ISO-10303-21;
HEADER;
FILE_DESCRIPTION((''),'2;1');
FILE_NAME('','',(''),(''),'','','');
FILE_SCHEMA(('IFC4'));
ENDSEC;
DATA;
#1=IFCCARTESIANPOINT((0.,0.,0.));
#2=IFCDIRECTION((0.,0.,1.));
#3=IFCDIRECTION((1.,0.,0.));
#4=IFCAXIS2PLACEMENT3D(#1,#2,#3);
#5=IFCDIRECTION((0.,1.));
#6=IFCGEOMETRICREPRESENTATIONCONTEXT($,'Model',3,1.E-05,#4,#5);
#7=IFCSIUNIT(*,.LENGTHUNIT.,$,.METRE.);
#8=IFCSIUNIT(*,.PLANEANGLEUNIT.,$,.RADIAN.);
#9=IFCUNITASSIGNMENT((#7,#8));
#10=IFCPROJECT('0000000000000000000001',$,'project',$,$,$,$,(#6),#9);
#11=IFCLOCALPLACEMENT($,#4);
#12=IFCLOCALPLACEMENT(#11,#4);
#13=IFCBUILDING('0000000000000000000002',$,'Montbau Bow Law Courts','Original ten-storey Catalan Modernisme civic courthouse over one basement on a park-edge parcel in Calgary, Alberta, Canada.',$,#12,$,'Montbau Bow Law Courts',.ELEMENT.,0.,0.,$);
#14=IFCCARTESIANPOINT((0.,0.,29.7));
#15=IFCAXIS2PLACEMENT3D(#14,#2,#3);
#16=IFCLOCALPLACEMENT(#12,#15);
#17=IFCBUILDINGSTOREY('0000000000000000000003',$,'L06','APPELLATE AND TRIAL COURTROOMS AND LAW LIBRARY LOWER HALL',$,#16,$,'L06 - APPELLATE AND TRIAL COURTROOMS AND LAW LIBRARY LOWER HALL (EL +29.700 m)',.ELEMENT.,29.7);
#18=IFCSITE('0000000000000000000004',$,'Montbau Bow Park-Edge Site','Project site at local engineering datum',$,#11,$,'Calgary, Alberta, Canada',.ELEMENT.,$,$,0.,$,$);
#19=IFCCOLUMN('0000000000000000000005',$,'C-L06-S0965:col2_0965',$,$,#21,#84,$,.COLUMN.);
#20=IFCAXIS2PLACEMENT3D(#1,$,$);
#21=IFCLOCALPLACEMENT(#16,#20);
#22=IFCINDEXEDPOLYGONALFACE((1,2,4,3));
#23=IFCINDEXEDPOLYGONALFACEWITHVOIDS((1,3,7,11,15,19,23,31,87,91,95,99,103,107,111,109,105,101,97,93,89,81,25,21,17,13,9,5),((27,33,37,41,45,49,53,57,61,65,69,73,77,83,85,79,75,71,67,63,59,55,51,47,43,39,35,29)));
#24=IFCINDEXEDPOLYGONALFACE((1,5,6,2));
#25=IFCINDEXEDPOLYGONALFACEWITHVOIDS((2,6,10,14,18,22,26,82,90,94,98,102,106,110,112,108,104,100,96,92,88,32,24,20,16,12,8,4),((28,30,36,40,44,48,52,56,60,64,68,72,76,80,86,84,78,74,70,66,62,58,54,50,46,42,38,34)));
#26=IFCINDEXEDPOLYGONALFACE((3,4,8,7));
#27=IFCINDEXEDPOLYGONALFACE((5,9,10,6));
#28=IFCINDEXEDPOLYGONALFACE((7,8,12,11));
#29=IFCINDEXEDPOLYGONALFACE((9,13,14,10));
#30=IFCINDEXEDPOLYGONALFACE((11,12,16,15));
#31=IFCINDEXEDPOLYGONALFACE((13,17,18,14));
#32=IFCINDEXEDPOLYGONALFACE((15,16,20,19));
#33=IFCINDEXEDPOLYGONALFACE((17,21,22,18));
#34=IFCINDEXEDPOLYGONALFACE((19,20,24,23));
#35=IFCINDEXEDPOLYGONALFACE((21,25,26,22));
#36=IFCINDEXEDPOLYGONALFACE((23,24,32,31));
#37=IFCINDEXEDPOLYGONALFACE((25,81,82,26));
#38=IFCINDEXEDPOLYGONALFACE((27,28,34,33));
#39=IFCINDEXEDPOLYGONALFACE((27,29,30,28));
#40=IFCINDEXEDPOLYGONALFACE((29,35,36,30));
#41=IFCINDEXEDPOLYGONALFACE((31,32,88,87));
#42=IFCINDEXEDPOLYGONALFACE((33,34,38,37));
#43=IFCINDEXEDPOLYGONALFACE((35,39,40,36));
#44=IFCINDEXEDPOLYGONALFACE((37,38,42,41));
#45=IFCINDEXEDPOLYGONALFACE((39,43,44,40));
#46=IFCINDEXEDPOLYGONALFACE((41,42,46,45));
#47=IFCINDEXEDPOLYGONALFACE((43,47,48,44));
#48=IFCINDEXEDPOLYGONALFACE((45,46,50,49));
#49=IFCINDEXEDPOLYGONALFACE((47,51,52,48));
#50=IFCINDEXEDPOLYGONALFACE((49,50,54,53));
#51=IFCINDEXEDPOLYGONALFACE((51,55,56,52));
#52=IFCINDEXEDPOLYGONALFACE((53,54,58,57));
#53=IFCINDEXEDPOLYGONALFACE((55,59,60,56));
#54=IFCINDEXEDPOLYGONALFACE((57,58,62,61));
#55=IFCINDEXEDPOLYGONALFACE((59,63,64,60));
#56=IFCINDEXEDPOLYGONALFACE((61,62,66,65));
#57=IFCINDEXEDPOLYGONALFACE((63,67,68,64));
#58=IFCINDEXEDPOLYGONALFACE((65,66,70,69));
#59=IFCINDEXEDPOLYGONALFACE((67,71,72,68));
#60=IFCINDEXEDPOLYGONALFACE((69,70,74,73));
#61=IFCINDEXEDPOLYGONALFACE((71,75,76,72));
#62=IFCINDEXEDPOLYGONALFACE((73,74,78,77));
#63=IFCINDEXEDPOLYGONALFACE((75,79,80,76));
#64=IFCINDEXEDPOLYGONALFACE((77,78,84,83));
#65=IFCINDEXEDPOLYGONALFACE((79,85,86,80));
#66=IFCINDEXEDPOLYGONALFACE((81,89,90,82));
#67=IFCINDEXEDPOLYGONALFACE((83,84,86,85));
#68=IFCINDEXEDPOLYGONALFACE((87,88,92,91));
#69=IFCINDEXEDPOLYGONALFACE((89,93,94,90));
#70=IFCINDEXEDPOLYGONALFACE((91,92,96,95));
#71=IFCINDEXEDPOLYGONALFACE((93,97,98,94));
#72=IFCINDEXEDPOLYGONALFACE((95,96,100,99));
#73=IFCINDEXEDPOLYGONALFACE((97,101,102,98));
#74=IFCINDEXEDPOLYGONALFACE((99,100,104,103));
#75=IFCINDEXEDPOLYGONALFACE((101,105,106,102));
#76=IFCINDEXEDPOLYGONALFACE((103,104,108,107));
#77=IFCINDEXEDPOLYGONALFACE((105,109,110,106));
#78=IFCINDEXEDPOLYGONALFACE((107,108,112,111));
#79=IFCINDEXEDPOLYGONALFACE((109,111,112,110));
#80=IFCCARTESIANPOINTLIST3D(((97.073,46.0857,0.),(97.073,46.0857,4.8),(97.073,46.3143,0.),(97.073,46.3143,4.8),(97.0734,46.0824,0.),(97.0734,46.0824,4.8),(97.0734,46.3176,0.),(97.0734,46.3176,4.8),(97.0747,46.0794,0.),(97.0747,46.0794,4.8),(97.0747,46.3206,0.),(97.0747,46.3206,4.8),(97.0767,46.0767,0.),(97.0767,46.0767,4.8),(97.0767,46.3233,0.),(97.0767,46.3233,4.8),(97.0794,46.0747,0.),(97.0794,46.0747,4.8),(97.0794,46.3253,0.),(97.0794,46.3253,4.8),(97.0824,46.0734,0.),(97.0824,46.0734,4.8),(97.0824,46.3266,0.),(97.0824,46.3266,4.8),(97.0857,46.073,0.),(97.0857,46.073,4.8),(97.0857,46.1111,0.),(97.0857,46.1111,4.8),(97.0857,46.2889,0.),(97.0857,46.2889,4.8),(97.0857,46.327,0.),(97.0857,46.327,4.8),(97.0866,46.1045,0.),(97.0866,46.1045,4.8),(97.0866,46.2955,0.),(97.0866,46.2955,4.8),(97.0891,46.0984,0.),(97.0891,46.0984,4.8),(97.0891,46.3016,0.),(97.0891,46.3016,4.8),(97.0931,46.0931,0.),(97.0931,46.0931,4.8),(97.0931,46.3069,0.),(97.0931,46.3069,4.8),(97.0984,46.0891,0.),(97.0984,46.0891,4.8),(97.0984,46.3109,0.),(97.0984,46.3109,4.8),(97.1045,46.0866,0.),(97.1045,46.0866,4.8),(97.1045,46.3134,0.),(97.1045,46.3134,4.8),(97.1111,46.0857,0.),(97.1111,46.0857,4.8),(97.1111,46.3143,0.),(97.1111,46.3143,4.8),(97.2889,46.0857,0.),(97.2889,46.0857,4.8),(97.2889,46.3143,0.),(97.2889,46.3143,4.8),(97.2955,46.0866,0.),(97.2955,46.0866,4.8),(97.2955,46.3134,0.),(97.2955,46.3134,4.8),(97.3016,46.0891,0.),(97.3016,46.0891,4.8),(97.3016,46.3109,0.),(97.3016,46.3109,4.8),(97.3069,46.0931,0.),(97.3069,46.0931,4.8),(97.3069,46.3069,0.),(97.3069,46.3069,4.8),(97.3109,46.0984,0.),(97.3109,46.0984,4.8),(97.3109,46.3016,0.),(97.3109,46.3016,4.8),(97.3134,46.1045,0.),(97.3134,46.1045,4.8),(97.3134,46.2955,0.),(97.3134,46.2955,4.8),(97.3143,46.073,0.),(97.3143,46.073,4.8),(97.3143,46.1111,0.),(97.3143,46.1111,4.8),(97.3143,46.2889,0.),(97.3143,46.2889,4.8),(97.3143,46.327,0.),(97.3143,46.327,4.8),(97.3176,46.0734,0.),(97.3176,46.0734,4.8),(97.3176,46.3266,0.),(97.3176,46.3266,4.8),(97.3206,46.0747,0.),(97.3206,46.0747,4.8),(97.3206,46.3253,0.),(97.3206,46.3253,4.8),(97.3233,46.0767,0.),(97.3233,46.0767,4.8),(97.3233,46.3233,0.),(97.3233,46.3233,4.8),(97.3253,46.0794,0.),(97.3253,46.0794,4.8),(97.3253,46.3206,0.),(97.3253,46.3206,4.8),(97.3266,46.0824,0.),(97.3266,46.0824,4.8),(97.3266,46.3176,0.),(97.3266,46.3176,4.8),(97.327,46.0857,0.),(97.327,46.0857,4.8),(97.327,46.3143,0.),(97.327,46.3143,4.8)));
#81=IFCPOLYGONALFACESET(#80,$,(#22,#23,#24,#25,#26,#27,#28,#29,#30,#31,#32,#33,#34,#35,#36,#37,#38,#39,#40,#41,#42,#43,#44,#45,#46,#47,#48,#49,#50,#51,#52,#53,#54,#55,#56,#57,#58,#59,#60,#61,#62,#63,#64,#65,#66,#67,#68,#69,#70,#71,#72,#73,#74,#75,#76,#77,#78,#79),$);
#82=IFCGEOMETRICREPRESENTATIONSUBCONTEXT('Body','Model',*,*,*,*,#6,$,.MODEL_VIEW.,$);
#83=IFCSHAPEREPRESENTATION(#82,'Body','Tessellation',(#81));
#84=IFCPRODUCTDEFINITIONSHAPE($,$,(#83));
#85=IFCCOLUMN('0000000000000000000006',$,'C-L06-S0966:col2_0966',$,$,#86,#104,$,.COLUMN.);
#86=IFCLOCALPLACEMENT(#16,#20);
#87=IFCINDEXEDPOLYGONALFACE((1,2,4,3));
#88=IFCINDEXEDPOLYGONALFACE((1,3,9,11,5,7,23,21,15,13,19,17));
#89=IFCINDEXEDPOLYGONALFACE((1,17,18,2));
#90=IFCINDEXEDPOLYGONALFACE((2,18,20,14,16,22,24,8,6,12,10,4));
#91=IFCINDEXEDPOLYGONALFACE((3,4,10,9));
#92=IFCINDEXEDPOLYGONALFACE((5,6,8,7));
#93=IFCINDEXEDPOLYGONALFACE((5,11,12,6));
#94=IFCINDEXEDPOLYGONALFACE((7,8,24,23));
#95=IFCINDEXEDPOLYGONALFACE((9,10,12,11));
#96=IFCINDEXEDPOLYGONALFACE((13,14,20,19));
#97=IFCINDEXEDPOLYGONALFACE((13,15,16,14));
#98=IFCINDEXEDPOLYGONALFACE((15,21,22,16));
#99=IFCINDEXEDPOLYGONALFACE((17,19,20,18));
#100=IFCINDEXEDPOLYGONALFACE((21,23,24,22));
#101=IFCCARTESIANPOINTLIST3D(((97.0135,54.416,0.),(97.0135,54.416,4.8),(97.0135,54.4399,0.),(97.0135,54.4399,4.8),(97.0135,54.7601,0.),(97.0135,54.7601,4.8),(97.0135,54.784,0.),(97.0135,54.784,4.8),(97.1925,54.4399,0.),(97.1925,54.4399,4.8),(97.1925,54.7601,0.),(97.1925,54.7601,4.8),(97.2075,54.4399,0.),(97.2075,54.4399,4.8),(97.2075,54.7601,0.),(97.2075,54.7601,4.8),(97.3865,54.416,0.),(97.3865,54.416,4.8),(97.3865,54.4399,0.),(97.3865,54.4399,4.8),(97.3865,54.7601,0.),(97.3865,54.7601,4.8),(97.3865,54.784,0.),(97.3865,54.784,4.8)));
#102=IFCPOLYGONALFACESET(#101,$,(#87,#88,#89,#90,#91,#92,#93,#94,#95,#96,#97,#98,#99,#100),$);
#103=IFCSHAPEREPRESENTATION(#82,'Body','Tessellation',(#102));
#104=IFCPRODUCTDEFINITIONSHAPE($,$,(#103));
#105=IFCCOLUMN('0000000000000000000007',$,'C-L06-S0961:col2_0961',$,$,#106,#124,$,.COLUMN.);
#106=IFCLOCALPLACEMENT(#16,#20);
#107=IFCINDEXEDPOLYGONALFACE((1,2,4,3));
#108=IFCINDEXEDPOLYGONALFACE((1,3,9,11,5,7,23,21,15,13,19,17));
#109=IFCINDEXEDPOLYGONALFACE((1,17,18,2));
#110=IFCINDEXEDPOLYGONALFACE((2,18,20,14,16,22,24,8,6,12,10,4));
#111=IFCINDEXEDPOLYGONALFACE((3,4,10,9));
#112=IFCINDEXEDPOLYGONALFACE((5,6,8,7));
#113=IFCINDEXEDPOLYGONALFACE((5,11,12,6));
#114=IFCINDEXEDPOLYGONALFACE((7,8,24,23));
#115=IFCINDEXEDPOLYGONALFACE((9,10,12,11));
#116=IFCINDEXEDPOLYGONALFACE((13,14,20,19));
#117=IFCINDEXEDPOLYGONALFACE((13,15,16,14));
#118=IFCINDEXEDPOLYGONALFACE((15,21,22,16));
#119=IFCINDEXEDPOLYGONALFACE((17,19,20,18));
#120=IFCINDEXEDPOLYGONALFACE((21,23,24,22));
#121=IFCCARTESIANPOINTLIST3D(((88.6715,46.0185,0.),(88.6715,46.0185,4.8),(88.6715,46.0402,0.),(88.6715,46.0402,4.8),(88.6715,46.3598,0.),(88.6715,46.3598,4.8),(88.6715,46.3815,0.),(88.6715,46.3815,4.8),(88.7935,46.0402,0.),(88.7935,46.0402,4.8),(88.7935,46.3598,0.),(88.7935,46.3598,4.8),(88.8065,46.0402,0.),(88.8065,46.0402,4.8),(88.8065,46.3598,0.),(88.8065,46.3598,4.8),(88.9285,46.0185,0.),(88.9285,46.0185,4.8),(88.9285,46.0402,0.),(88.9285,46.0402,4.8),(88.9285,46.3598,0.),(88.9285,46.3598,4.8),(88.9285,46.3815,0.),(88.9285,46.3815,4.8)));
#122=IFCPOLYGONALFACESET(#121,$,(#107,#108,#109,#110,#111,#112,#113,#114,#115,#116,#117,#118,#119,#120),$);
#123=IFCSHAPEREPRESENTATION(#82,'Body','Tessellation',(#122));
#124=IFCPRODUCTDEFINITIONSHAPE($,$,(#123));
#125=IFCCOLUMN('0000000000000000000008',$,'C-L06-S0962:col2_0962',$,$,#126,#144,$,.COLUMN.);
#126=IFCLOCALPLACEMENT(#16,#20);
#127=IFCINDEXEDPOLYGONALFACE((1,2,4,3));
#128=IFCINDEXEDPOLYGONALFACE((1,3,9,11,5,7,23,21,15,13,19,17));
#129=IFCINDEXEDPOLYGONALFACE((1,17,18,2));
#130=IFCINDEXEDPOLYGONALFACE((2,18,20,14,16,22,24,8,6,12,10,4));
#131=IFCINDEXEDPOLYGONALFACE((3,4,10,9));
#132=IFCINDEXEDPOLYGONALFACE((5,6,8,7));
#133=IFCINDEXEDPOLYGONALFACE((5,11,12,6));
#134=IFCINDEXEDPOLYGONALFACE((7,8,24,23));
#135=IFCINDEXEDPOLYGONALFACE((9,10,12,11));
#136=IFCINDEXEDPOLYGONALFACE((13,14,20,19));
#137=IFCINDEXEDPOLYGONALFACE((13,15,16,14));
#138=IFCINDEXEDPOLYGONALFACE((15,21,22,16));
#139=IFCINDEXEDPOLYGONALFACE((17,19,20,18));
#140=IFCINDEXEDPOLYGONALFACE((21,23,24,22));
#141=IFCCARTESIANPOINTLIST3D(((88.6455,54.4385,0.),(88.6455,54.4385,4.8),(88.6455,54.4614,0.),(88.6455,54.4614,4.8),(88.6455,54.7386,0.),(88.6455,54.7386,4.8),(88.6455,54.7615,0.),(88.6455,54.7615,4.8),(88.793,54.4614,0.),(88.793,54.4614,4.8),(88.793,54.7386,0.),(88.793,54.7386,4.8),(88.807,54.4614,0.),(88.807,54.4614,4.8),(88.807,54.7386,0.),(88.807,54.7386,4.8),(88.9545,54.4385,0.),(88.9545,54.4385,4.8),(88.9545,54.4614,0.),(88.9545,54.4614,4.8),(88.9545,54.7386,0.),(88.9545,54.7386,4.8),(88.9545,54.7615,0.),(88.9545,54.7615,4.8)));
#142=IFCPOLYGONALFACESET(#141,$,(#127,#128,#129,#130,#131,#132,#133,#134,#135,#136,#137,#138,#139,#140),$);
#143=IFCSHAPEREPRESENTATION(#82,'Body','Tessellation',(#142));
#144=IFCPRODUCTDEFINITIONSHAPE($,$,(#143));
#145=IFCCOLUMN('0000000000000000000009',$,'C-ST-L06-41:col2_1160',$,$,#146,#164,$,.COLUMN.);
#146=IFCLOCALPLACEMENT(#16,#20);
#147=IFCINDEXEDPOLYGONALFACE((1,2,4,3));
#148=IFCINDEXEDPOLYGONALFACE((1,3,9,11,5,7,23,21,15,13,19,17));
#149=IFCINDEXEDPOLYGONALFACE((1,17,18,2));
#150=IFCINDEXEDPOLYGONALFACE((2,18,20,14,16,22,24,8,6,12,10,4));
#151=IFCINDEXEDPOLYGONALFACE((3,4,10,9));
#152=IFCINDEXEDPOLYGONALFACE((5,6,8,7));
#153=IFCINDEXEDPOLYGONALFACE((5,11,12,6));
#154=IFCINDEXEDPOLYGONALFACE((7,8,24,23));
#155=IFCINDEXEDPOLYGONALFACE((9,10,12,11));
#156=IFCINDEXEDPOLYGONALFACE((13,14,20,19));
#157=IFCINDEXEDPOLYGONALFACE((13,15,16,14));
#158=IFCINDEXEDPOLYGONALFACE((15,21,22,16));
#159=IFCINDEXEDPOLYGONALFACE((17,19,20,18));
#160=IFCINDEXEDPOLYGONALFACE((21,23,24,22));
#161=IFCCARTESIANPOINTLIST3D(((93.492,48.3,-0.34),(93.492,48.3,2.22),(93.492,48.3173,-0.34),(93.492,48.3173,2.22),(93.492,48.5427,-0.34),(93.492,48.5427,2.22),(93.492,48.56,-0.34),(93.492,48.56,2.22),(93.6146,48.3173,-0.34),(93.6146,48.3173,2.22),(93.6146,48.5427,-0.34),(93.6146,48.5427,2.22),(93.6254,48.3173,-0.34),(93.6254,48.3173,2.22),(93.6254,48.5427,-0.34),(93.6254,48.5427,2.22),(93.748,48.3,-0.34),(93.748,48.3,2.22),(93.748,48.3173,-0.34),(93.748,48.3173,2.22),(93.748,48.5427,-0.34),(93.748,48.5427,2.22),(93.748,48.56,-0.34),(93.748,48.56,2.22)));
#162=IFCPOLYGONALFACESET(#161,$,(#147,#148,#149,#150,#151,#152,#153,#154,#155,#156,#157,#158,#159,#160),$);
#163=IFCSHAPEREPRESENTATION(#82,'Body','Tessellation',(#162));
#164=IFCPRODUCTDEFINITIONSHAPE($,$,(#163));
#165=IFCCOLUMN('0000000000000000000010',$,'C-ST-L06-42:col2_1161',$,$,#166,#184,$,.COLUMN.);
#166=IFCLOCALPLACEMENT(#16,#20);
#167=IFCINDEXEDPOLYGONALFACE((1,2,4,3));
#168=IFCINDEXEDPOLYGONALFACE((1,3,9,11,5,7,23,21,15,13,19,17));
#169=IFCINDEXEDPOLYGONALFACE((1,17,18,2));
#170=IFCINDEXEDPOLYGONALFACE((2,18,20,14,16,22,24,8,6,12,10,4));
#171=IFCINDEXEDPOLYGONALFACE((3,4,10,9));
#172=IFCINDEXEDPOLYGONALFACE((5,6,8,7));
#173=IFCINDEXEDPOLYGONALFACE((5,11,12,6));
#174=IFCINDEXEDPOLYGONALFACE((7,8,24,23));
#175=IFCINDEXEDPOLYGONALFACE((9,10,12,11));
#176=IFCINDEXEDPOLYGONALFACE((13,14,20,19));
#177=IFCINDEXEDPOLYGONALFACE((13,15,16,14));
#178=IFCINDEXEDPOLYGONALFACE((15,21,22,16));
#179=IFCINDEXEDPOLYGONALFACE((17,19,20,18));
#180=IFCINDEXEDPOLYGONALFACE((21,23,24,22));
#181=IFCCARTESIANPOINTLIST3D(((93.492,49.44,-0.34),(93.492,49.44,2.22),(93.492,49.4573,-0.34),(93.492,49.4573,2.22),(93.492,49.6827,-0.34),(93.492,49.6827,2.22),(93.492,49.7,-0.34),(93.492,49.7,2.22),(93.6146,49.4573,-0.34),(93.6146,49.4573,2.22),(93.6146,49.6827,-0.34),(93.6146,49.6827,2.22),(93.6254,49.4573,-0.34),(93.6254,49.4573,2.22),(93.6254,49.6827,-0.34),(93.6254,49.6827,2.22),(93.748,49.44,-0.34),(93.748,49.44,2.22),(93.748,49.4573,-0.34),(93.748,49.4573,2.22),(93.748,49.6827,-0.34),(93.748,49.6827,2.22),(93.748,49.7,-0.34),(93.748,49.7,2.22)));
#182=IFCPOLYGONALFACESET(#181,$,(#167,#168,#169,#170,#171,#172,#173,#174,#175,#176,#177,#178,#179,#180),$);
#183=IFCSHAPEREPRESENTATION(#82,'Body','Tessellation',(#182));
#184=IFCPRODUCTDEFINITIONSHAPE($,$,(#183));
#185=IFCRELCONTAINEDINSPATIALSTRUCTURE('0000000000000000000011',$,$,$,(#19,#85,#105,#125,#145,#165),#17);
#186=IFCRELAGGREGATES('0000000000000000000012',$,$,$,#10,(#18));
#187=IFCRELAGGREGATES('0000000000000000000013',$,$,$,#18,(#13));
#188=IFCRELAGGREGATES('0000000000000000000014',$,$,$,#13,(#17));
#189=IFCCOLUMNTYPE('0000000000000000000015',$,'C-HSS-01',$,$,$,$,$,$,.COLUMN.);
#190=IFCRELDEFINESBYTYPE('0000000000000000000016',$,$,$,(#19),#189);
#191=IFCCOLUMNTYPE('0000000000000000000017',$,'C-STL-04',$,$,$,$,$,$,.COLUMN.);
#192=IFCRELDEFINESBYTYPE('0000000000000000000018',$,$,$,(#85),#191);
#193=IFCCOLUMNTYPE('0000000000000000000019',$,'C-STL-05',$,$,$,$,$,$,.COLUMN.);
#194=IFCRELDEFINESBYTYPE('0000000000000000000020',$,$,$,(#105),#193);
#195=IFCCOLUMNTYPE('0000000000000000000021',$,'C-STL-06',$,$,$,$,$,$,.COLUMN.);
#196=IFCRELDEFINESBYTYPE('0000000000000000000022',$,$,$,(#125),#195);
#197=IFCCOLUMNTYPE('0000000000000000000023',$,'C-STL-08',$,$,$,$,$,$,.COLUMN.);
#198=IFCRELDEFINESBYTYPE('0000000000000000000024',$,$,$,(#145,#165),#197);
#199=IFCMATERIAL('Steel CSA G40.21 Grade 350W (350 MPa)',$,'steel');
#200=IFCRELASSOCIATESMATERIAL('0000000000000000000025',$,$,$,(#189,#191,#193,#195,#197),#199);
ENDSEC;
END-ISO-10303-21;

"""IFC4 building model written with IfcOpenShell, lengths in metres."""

from ifc_helpers import new_model, si_unit, direction, frame, origin_with_axes, origin_2d_with_axis, place, context, subcontext, project, spatial, hollow_rectangle, i_section, extrude, material, material_profile, profile_set, type_object, element, save


model = new_model("IFC4")

# Units and contexts
model_context = context("Model", 3, precision=1e-05, world=origin_with_axes(), true_north=direction((0.0, 1.0)))
body_context = subcontext(model_context, "Body", "Model", "MODEL_VIEW")
ifc_project = project(units=[si_unit("LENGTHUNIT", "METRE"), si_unit("PLANEANGLEUNIT", "RADIAN")], contexts=[model_context])

# Site, building, storey
site_placement = place(None, origin_with_axes())
site = spatial("IfcSite", under=ifc_project, at=site_placement, Name="Montbau Bow Park-Edge Site", Description="Project site at local engineering datum", LongName="Calgary, Alberta, Canada", CompositionType="ELEMENT", RefElevation=0.0)
building_placement = place(site_placement, origin_with_axes())
building = spatial("IfcBuilding", under=site, at=building_placement, Name="Montbau Bow Law Courts", Description="Original ten-storey Catalan Modernisme civic courthouse over one basement on a park-edge parcel in Calgary, Alberta, Canada.", LongName="Montbau Bow Law Courts", CompositionType="ELEMENT", ElevationOfRefHeight=0.0, ElevationOfTerrain=0.0)
storey_placement = place(building_placement, frame((0.0, 0.0, 29.7), z_axis=(0.0, 0.0, 1.0), x_axis=(1.0, 0.0, 0.0)))
storey = spatial("IfcBuildingStorey", under=building, at=storey_placement, Name="L06", Description="APPELLATE AND TRIAL COURTROOMS AND LAW LIBRARY LOWER HALL", LongName="L06 - APPELLATE AND TRIAL COURTROOMS AND LAW LIBRARY LOWER HALL (EL +29.700 m)", CompositionType="ELEMENT", Elevation=29.7)

# Columns
ifc_material_1 = material(Name="Steel CSA G40.21 Grade 350W (350 MPa)", Category="steel")
ifc_material_profile_1 = material_profile(ifc_material_1, hollow_rectangle(XDim=0.254, YDim=0.254, WallThickness=0.0127, InnerFilletRadius=0.0254, OuterFilletRadius=0.0127, at=origin_2d_with_axis()), Name="HSS254X254X13", Category="Main", Priority=0)
ifc_profile_set_1 = profile_set([ifc_material_profile_1], Name="Steel CSA G40.21 Grade 350W (350 MPa)")
column_type_1 = type_object("IfcColumnType", Name="C-HSS-01", PredefinedType="COLUMN", material=ifc_profile_set_1)
column_1_placement = place(None, frame((97.2, 46.2, 29.7), z_axis=(0.0, 0.0, 1.0), x_axis=(1.0, 0.0, 0.0)))
element("IfcColumn", 1, at=column_1_placement, inside=storey, type_object=column_type_1, Name="C-L06-S0965:col2_0965", PredefinedType="COLUMN", context=body_context, shape_type="SweptSolid", body=[
    extrude(hollow_rectangle(XDim=0.254, YDim=0.254, WallThickness=0.0127, InnerFilletRadius=0.0254, OuterFilletRadius=0.0127, at=origin_2d_with_axis()), origin_with_axes(), (0.0, 0.0, 1.0), 4.8),
])
ifc_material_profile_2 = material_profile(ifc_material_1, i_section(OverallWidth=0.373, OverallDepth=0.368, WebThickness=0.015, FlangeThickness=0.0239, at=origin_2d_with_axis()), Name="W360X179", Category="Main", Priority=0)
ifc_profile_set_2 = profile_set([ifc_material_profile_2], Name="Steel CSA G40.21 Grade 350W (350 MPa)")
column_type_2 = type_object("IfcColumnType", Name="C-STL-04", PredefinedType="COLUMN", material=ifc_profile_set_2)
column_2_placement = place(None, frame((97.2, 54.6, 29.7), z_axis=(0.0, 0.0, 1.0), x_axis=(1.0, 0.0, 0.0)))
element("IfcColumn", 2, at=column_2_placement, inside=storey, type_object=column_type_2, Name="C-L06-S0966:col2_0966", PredefinedType="COLUMN", context=body_context, shape_type="SweptSolid", body=[
    extrude(i_section(OverallWidth=0.373, OverallDepth=0.368, WebThickness=0.015, FlangeThickness=0.0239, at=origin_2d_with_axis()), origin_with_axes(), (0.0, 0.0, 1.0), 4.8),
])
ifc_material_profile_3 = material_profile(ifc_material_1, i_section(OverallWidth=0.257, OverallDepth=0.363, WebThickness=0.013, FlangeThickness=0.0217, at=origin_2d_with_axis()), Name="W360X122", Category="Main", Priority=0)
ifc_profile_set_3 = profile_set([ifc_material_profile_3], Name="Steel CSA G40.21 Grade 350W (350 MPa)")
column_type_3 = type_object("IfcColumnType", Name="C-STL-05", PredefinedType="COLUMN", material=ifc_profile_set_3)
column_3_placement = place(None, frame((88.8, 46.2, 29.7), z_axis=(0.0, 0.0, 1.0), x_axis=(1.0, 0.0, 0.0)))
element("IfcColumn", 3, at=column_3_placement, inside=storey, type_object=column_type_3, Name="C-L06-S0961:col2_0961", PredefinedType="COLUMN", context=body_context, shape_type="SweptSolid", body=[
    extrude(i_section(OverallWidth=0.257, OverallDepth=0.363, WebThickness=0.013, FlangeThickness=0.0217, at=origin_2d_with_axis()), origin_with_axes(), (0.0, 0.0, 1.0), 4.8),
])
ifc_material_profile_4 = material_profile(ifc_material_1, i_section(OverallWidth=0.309, OverallDepth=0.323, WebThickness=0.014, FlangeThickness=0.0229, at=origin_2d_with_axis()), Name="W310X143", Category="Main", Priority=0)
ifc_profile_set_4 = profile_set([ifc_material_profile_4], Name="Steel CSA G40.21 Grade 350W (350 MPa)")
column_type_4 = type_object("IfcColumnType", Name="C-STL-06", PredefinedType="COLUMN", material=ifc_profile_set_4)
column_4_placement = place(None, frame((88.8, 54.6, 29.7), z_axis=(0.0, 0.0, 1.0), x_axis=(1.0, 0.0, 0.0)))
element("IfcColumn", 4, at=column_4_placement, inside=storey, type_object=column_type_4, Name="C-L06-S0962:col2_0962", PredefinedType="COLUMN", context=body_context, shape_type="SweptSolid", body=[
    extrude(i_section(OverallWidth=0.309, OverallDepth=0.323, WebThickness=0.014, FlangeThickness=0.0229, at=origin_2d_with_axis()), origin_with_axes(), (0.0, 0.0, 1.0), 4.8),
])
ifc_material_profile_5 = material_profile(ifc_material_1, i_section(OverallWidth=0.256, OverallDepth=0.26, WebThickness=0.0107, FlangeThickness=0.0173, at=origin_2d_with_axis()), Name="W250X89", Category="Main", Priority=0)
ifc_profile_set_5 = profile_set([ifc_material_profile_5], Name="Steel CSA G40.21 Grade 350W (350 MPa)")
column_type_5 = type_object("IfcColumnType", Name="C-STL-08", PredefinedType="COLUMN", material=ifc_profile_set_5)
for number, where, z_axis, x_axis, name in (
    (5, (93.62, 48.43, 29.36), (0.0, 0.0, 1.0), (1.0, 0.0, 0.0), "C-ST-L06-41:col2_1160"),
    (6, (93.62, 49.57, 29.36), (0.0, 0.0, 1.0), (1.0, 0.0, 0.0), "C-ST-L06-42:col2_1161"),
):
    element("IfcColumn", number, at=place(None, frame(where, z_axis=z_axis, x_axis=x_axis)), inside=storey, type_object=column_type_5, Name=name, PredefinedType="COLUMN", context=body_context, shape_type="SweptSolid", body=[
        extrude(i_section(OverallWidth=0.256, OverallDepth=0.26, WebThickness=0.0107, FlangeThickness=0.0173, at=origin_2d_with_axis()), origin_with_axes(), (0.0, 0.0, 1.0), 2.56),
    ])

save(model, "model.ifc")
